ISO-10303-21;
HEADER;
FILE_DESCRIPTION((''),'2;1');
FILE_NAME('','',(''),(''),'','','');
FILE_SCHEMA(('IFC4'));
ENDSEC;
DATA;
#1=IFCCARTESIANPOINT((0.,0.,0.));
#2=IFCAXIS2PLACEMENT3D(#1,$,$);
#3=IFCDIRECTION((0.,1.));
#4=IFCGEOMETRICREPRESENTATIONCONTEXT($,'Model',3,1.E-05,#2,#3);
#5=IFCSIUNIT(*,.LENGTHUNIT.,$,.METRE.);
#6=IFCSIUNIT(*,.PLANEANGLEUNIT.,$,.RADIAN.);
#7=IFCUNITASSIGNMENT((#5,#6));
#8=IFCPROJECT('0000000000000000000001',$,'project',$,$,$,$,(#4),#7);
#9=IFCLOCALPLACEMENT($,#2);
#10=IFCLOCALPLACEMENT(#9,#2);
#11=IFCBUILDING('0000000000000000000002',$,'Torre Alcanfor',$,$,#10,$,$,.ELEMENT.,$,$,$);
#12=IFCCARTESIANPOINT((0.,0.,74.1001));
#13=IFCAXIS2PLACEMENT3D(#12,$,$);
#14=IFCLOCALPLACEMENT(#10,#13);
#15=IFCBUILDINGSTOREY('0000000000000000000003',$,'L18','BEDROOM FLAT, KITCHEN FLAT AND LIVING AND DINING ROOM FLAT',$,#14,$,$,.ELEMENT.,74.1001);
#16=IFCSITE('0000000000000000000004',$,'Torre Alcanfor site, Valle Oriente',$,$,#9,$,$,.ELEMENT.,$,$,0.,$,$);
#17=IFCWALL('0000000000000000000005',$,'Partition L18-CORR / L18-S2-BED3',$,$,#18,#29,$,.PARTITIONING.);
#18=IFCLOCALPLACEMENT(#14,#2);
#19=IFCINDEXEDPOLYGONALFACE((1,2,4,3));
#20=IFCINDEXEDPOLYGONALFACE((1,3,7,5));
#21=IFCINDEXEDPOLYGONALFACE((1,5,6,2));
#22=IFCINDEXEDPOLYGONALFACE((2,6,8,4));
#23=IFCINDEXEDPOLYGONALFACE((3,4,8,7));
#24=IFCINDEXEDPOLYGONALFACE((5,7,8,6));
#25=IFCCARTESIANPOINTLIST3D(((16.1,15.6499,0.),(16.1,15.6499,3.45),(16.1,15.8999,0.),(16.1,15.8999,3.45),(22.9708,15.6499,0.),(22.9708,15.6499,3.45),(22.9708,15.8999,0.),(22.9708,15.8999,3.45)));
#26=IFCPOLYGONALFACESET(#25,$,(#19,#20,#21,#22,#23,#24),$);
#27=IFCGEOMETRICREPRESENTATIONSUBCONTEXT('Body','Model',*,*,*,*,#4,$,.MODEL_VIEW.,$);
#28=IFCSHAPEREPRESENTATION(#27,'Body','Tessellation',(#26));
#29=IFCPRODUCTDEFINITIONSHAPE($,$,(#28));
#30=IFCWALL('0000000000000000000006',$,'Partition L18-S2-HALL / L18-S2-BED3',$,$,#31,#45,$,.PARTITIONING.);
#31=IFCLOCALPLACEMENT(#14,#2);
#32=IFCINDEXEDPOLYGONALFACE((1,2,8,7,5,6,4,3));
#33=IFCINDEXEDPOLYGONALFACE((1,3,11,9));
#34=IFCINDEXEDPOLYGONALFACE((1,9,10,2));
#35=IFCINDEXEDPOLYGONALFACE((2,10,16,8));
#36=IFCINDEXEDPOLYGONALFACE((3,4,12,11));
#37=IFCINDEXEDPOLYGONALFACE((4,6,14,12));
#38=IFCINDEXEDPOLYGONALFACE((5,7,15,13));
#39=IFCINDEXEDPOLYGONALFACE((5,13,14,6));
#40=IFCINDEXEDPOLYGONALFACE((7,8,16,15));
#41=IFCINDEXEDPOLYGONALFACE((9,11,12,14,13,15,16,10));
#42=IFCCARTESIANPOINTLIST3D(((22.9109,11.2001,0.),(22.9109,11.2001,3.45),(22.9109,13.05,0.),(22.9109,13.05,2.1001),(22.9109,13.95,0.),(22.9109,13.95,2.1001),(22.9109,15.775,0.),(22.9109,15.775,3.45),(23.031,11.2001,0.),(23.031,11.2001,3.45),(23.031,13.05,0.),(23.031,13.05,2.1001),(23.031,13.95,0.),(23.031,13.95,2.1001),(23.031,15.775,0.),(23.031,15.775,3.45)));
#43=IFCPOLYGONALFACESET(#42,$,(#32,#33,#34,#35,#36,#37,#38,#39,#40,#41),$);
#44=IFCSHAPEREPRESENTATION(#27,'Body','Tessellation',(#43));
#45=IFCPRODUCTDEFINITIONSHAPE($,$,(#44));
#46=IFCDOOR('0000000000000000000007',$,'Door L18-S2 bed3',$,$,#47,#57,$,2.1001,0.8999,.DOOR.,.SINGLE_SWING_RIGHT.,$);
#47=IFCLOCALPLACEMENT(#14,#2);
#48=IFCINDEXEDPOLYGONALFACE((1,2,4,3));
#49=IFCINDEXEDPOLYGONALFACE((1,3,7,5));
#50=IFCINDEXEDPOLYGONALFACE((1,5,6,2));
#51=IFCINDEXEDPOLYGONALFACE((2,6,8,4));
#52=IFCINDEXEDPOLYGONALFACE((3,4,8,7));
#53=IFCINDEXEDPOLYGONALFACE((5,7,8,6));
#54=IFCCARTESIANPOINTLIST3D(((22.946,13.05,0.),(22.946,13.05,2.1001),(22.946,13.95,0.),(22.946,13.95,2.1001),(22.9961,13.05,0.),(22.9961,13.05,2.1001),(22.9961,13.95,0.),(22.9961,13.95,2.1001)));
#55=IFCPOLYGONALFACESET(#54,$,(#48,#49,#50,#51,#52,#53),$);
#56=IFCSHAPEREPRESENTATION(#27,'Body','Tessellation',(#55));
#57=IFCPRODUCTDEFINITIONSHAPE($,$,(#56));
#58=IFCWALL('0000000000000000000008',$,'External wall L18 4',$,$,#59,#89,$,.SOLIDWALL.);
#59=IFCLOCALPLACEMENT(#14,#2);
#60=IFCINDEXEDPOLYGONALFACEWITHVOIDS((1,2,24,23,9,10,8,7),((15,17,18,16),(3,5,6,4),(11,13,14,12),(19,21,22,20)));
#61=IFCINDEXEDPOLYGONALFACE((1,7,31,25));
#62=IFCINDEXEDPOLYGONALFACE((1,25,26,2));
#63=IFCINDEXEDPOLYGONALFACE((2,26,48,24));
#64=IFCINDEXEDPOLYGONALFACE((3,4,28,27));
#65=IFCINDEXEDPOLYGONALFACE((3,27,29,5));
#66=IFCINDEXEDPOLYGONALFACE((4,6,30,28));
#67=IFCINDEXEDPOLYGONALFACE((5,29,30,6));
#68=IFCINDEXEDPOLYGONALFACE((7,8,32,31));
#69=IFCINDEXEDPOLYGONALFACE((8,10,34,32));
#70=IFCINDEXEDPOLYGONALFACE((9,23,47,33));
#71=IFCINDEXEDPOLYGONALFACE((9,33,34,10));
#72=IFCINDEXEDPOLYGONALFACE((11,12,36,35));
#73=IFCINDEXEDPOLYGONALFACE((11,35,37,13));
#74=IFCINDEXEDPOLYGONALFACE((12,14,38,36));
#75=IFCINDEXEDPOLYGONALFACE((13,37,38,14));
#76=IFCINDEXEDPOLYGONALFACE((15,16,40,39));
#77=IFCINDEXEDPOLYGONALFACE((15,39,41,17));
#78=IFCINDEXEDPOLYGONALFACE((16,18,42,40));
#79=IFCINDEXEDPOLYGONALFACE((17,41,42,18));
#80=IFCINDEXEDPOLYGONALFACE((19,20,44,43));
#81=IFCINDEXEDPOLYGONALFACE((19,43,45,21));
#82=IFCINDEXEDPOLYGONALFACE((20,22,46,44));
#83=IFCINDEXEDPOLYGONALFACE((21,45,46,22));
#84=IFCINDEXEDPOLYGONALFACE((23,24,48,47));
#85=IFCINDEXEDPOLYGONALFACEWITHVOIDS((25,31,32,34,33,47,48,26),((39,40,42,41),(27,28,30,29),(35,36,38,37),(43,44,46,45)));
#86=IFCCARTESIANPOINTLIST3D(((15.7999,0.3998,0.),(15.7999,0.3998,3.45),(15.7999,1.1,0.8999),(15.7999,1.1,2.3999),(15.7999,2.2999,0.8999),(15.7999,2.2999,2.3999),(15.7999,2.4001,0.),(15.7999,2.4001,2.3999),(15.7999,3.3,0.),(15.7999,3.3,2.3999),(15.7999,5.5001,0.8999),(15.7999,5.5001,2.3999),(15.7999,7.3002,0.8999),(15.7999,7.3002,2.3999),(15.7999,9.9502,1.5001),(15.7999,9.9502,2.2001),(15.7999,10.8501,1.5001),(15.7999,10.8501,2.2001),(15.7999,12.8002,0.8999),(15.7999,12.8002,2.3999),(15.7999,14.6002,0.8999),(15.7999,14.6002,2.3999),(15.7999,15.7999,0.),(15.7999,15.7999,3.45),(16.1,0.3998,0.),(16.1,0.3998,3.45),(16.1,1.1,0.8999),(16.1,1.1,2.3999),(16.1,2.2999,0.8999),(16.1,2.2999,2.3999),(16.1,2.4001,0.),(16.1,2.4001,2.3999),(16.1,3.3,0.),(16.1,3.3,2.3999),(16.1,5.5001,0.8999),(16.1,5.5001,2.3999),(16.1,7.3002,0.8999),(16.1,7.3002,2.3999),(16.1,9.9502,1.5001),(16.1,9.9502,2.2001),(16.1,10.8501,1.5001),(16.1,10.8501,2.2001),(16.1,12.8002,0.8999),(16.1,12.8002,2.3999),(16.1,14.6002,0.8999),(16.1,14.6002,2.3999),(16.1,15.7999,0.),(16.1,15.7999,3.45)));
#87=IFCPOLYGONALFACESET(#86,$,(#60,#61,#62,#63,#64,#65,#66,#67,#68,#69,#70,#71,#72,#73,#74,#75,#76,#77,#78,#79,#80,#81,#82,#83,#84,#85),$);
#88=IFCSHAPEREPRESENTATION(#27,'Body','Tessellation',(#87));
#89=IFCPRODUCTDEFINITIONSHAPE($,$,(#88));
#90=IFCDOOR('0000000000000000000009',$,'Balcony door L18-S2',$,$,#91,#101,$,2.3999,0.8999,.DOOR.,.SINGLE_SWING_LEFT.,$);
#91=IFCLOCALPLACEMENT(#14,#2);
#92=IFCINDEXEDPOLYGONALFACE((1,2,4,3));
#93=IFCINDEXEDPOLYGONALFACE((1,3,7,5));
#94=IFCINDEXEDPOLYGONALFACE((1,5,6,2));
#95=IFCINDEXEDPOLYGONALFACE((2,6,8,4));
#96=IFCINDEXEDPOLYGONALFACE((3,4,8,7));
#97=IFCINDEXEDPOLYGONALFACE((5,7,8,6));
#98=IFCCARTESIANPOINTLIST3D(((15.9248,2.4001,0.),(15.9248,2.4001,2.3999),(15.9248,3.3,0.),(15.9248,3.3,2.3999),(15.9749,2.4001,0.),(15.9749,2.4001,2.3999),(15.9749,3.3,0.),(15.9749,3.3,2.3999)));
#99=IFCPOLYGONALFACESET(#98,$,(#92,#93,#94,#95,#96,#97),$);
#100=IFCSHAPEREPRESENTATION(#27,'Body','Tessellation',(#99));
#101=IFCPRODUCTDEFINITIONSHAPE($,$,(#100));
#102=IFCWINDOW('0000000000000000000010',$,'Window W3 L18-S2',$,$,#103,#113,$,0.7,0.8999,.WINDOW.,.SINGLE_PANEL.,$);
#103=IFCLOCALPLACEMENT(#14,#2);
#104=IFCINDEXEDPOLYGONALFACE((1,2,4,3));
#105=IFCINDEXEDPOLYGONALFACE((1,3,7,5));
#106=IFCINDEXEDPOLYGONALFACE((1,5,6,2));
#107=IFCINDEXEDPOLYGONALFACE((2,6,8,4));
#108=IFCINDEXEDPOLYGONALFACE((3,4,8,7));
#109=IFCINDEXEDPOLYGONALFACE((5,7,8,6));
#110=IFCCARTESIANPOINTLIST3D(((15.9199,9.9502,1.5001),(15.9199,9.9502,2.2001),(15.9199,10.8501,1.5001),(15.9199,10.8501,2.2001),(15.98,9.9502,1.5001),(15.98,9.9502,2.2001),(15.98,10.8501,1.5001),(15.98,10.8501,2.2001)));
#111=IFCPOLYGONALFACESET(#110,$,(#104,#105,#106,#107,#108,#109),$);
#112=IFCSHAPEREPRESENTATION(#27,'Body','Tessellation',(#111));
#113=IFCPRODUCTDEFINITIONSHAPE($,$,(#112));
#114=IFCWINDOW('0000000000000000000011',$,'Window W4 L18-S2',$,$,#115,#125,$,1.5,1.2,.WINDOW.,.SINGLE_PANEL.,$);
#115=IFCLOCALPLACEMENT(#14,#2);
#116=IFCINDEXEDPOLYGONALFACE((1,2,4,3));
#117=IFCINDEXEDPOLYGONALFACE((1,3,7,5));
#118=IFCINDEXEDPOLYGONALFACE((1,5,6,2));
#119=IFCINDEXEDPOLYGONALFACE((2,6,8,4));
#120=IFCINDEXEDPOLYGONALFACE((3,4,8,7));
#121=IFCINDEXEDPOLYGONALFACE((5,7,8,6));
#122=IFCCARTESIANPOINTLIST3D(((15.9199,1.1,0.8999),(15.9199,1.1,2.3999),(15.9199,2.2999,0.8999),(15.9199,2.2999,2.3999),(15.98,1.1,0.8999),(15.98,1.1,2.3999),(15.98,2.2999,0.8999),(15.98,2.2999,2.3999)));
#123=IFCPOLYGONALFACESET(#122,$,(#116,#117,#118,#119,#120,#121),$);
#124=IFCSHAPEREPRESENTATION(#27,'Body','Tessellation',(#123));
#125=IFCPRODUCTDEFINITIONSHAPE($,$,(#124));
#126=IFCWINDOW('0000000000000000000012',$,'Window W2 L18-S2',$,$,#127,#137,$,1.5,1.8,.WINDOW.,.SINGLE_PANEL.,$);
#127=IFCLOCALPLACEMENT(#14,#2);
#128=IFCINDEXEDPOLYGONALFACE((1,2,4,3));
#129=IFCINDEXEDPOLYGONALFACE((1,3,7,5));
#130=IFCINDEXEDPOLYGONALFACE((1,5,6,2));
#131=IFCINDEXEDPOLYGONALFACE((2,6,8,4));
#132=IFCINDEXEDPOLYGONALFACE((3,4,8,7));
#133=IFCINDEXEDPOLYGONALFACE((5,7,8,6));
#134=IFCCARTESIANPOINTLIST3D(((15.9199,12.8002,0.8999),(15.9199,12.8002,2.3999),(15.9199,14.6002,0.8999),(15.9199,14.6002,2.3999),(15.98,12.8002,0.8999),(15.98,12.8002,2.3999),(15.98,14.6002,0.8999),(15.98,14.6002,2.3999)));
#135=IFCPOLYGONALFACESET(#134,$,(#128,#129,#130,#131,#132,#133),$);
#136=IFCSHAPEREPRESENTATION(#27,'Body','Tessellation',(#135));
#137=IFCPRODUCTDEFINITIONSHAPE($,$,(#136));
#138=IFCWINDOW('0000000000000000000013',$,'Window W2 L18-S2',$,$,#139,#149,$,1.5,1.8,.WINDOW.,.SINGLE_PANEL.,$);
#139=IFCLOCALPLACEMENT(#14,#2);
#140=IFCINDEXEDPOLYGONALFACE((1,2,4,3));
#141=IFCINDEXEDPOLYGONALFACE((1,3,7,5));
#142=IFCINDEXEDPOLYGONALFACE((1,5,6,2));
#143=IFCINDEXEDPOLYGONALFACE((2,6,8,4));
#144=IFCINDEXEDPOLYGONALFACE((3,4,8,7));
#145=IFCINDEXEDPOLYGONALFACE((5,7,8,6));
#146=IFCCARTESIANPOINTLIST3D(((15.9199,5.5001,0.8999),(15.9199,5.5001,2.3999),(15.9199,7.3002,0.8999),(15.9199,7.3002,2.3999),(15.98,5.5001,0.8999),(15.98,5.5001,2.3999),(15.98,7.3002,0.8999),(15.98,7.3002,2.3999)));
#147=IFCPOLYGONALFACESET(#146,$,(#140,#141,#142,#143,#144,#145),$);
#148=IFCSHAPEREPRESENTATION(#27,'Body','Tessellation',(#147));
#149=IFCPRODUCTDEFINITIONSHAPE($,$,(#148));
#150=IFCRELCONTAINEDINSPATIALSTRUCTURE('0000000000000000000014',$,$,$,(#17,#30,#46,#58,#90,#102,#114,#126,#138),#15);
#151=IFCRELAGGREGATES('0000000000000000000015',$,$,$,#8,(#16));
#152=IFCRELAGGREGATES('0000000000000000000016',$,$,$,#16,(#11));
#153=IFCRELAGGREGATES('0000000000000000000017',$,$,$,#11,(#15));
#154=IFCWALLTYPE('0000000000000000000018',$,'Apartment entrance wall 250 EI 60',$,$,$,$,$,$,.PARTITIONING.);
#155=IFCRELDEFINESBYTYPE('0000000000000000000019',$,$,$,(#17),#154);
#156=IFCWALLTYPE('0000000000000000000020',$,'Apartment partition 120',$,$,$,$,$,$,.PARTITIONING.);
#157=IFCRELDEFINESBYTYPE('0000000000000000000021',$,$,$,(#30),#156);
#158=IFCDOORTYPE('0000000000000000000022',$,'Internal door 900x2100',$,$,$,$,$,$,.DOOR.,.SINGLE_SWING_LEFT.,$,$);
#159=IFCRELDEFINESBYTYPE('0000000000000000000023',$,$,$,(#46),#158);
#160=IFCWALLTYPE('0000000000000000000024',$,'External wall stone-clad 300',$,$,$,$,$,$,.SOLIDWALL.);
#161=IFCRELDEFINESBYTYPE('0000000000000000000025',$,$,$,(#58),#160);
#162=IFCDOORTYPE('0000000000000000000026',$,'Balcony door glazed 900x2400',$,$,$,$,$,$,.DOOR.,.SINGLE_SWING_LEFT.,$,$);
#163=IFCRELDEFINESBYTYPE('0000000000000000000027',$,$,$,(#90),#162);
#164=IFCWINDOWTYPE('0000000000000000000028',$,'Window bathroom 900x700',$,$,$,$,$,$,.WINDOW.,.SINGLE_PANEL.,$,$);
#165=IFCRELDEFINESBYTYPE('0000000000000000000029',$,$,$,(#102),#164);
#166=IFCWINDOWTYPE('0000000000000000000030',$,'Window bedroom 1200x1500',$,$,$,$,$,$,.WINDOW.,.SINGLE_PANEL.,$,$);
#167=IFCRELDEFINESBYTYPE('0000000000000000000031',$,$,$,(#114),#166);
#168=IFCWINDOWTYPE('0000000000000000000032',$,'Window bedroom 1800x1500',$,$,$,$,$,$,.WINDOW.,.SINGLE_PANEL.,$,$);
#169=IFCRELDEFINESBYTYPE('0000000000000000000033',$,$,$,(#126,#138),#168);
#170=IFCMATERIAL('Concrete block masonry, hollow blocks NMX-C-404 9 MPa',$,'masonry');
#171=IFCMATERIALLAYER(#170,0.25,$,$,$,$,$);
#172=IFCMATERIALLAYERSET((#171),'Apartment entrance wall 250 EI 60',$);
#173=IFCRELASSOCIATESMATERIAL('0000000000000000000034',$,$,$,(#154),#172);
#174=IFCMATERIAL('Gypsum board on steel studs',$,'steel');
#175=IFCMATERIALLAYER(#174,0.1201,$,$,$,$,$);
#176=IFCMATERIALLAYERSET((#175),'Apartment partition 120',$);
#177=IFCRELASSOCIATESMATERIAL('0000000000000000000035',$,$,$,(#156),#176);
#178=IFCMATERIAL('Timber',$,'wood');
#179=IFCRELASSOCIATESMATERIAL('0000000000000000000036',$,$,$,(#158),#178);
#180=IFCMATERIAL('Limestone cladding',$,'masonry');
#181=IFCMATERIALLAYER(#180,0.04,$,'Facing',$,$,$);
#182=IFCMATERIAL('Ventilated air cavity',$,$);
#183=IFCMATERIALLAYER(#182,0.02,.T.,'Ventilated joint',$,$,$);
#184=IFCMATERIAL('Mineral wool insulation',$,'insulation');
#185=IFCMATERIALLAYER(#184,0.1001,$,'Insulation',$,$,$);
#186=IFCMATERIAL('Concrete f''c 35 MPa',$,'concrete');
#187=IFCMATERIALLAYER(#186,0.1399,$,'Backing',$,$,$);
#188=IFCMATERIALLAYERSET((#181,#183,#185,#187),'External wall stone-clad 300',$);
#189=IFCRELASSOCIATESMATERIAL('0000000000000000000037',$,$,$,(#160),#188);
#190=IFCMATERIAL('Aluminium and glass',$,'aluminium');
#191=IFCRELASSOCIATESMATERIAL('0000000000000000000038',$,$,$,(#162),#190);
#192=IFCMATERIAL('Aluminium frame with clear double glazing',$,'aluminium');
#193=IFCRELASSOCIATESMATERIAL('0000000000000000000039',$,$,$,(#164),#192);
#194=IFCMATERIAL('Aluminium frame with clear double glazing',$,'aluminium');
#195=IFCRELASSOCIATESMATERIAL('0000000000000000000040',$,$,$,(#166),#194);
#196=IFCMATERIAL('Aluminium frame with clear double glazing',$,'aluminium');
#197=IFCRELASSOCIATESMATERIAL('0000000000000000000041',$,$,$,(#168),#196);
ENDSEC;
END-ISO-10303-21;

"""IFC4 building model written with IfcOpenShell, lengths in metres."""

from ifc_helpers import new_model, si_unit, direction, frame, frame_2d, origin, place, context, subcontext, project, spatial, rectangle, extrude, material, layer, layer_set, type_object, element, fill, save


model = new_model("IFC4")

# Units and contexts
model_context = context("Model", 3, precision=1e-05, world=origin(), true_north=direction((0.0, 1.0)))
body_context = subcontext(model_context, "Body", "Model", "MODEL_VIEW")
ifc_project = project(units=[si_unit("LENGTHUNIT", "METRE"), si_unit("PLANEANGLEUNIT", "RADIAN")], contexts=[model_context])

# Site, building, storey
site_placement = place(None, origin())
site = spatial("IfcSite", under=ifc_project, at=site_placement, Name="Torre Alcanfor site, Valle Oriente", CompositionType="ELEMENT", RefElevation=0.0)
building_placement = place(site_placement, origin())
building = spatial("IfcBuilding", under=site, at=building_placement, Name="Torre Alcanfor", CompositionType="ELEMENT")
storey_placement = place(building_placement, frame((0.0, 0.0, 74.1001)))
storey = spatial("IfcBuildingStorey", under=building, at=storey_placement, Name="L18", Description="BEDROOM FLAT, KITCHEN FLAT AND LIVING AND DINING ROOM FLAT", CompositionType="ELEMENT", Elevation=74.1001)

# Wall
ifc_material_1 = material(Name="Concrete block masonry, hollow blocks NMX-C-404 9 MPa", Category="masonry")
ifc_layer_1 = layer(ifc_material_1, 0.25)
ifc_layer_set_1 = layer_set([ifc_layer_1], Name="Apartment entrance wall 250 EI 60")
wall_type_1 = type_object("IfcWallType", Name="Apartment entrance wall 250 EI 60", PredefinedType="PARTITIONING", material=ifc_layer_set_1)
wall_1_placement = place(storey_placement, frame((22.9709, 15.7749, 0.0), z_axis=(0.0, 0.0, 1.0), x_axis=(-1.0, 0.0, 0.0)))
element("IfcWall", 1, at=wall_1_placement, inside=storey, type_object=wall_type_1, Name="Partition L18-CORR / L18-S2-BED3", PredefinedType="PARTITIONING", context=body_context, shape_type="SweptSolid", body=[
    extrude(rectangle(XDim=6.8708, YDim=0.25, at=frame_2d((3.4355, 0.0))), origin(), (0.0, 0.0, 1.0), 3.45),
])

# Wall, opening, door
ifc_material_2 = material(Name="Gypsum board on steel studs", Category="steel")
ifc_layer_2 = layer(ifc_material_2, 0.1201)
ifc_layer_set_2 = layer_set([ifc_layer_2], Name="Apartment partition 120")
wall_type_2 = type_object("IfcWallType", Name="Apartment partition 120", PredefinedType="PARTITIONING", material=ifc_layer_set_2)
wall_2_placement = place(storey_placement, frame((22.9709, 11.2, 0.0), z_axis=(0.0, 0.0, 1.0), x_axis=(0.0, 1.0, 0.0)))
wall_2 = element("IfcWall", 2, at=wall_2_placement, inside=storey, type_object=wall_type_2, Name="Partition L18-S2-HALL / L18-S2-BED3", PredefinedType="PARTITIONING", context=body_context, shape_type="SweptSolid", body=[
    extrude(rectangle(XDim=4.575, YDim=0.1201, at=frame_2d((2.2876, 0.0))), origin(), (0.0, 0.0, 1.0), 3.45),
])
opening_1_placement = place(wall_2_placement, frame((1.8501, 0.0, 0.0)))
opening_1 = element("IfcOpeningElement", 3, at=opening_1_placement, cuts=wall_2, PredefinedType="OPENING", context=body_context, shape_type="SweptSolid", body=[
    extrude(rectangle(XDim=0.8999, YDim=2.1001, at=frame_2d((0.45, 1.05))), frame((0.0, 0.0701, 0.0), z_axis=(0.0, -1.0, 0.0), x_axis=(1.0, 0.0, 0.0)), (0.0, 0.0, 1.0), 0.1401),
])
ifc_material_3 = material(Name="Timber", Category="wood")
door_type_1 = type_object("IfcDoorType", Name="Internal door 900x2100", OperationType="SINGLE_SWING_LEFT", PredefinedType="DOOR", material=ifc_material_3)
door_1_placement = place(opening_1_placement, origin())
door_1 = element("IfcDoor", 4, at=door_1_placement, inside=storey, type_object=door_type_1, Name="Door L18-S2 bed3", OperationType="SINGLE_SWING_RIGHT", OverallHeight=2.1001, OverallWidth=0.8999, PredefinedType="DOOR", context=body_context, shape_type="SweptSolid", body=[
    extrude(rectangle(XDim=0.8999, YDim=2.1001, at=frame_2d((0.45, 1.05))), frame((0.0, 0.0249, 0.0), z_axis=(0.0, -1.0, 0.0), x_axis=(1.0, 0.0, 0.0)), (0.0, 0.0, 1.0), 0.05),
])
fill(opening_1, door_1)

# Wall, openings, door, windows
ifc_material_4 = material(Name="Limestone cladding", Category="masonry")
ifc_layer_3 = layer(ifc_material_4, 0.04, Name="Facing")
ifc_material_5 = material(Name="Ventilated air cavity")
ifc_layer_4 = layer(ifc_material_5, 0.02, ventilated=True, Name="Ventilated joint")
ifc_material_6 = material(Name="Mineral wool insulation", Category="insulation")
ifc_layer_5 = layer(ifc_material_6, 0.1001, Name="Insulation")
ifc_material_7 = material(Name="Concrete f'c 35 MPa", Category="concrete")
ifc_layer_6 = layer(ifc_material_7, 0.1399, Name="Backing")
ifc_layer_set_3 = layer_set([ifc_layer_3, ifc_layer_4, ifc_layer_5, ifc_layer_6], Name="External wall stone-clad 300")
wall_type_3 = type_object("IfcWallType", Name="External wall stone-clad 300", PredefinedType="SOLIDWALL", material=ifc_layer_set_3)
wall_3_placement = place(storey_placement, frame((15.95, 15.8, 0.0), z_axis=(0.0, 0.0, 1.0), x_axis=(0.0, -1.0, 0.0)))
wall_3 = element("IfcWall", 5, at=wall_3_placement, inside=storey, type_object=wall_type_3, Name="External wall L18 4", PredefinedType="SOLIDWALL", context=body_context, shape_type="SweptSolid", body=[
    extrude(rectangle(XDim=15.4001, YDim=0.3, at=frame_2d((7.7002, 0.0))), origin(), (0.0, 0.0, 1.0), 3.45),
])
opening_2_placement = place(wall_3_placement, frame((1.2, 0.0, 0.8999)))
opening_2 = element("IfcOpeningElement", 6, at=opening_2_placement, cuts=wall_3, PredefinedType="OPENING", context=body_context, shape_type="SweptSolid", body=[
    extrude(rectangle(XDim=1.8, YDim=1.5, at=frame_2d((0.8999, 0.75))), frame((0.0, 0.1599, 0.0), z_axis=(0.0, -1.0, 0.0), x_axis=(1.0, 0.0, 0.0)), (0.0, 0.0, 1.0), 0.3201),
])
opening_3_placement = place(wall_3_placement, frame((4.95, 0.0, 1.5)))
opening_3 = element("IfcOpeningElement", 7, at=opening_3_placement, cuts=wall_3, PredefinedType="OPENING", context=body_context, shape_type="SweptSolid", body=[
    extrude(rectangle(XDim=0.8999, YDim=0.7, at=frame_2d((0.45, 0.3501))), frame((0.0, 0.1599, 0.0), z_axis=(0.0, -1.0, 0.0), x_axis=(1.0, 0.0, 0.0)), (0.0, 0.0, 1.0), 0.3201),
])
opening_4_placement = place(wall_3_placement, frame((8.5, 0.0, 0.8999)))
opening_4 = element("IfcOpeningElement", 8, at=opening_4_placement, cuts=wall_3, PredefinedType="OPENING", context=body_context, shape_type="SweptSolid", body=[
    extrude(rectangle(XDim=1.8, YDim=1.5, at=frame_2d((0.8999, 0.75))), frame((0.0, 0.1599, 0.0), z_axis=(0.0, -1.0, 0.0), x_axis=(1.0, 0.0, 0.0)), (0.0, 0.0, 1.0), 0.3201),
])
opening_5_placement = place(wall_3_placement, frame((12.5, 0.0, 0.0)))
opening_5 = element("IfcOpeningElement", 9, at=opening_5_placement, cuts=wall_3, PredefinedType="OPENING", context=body_context, shape_type="SweptSolid", body=[
    extrude(rectangle(XDim=0.8999, YDim=2.3999, at=frame_2d((0.45, 1.2))), frame((0.0, 0.1599, 0.0), z_axis=(0.0, -1.0, 0.0), x_axis=(1.0, 0.0, 0.0)), (0.0, 0.0, 1.0), 0.3201),
])
opening_6_placement = place(wall_3_placement, frame((13.5, 0.0, 0.8999)))
opening_6 = element("IfcOpeningElement", 10, at=opening_6_placement, cuts=wall_3, PredefinedType="OPENING", context=body_context, shape_type="SweptSolid", body=[
    extrude(rectangle(XDim=1.2, YDim=1.5, at=frame_2d((0.6001, 0.75))), frame((0.0, 0.1599, 0.0), z_axis=(0.0, -1.0, 0.0), x_axis=(1.0, 0.0, 0.0)), (0.0, 0.0, 1.0), 0.3201),
])
ifc_material_8 = material(Name="Aluminium and glass", Category="aluminium")
door_type_2 = type_object("IfcDoorType", Name="Balcony door glazed 900x2400", OperationType="SINGLE_SWING_LEFT", PredefinedType="DOOR", material=ifc_material_8)
door_2_placement = place(opening_5_placement, origin())
door_2 = element("IfcDoor", 11, at=door_2_placement, inside=storey, type_object=door_type_2, Name="Balcony door L18-S2", OperationType="SINGLE_SWING_LEFT", OverallHeight=2.3999, OverallWidth=0.8999, PredefinedType="DOOR", context=body_context, shape_type="SweptSolid", body=[
    extrude(rectangle(XDim=0.8999, YDim=2.3999, at=frame_2d((0.45, 1.2))), frame((0.0, 0.0249, 0.0), z_axis=(0.0, -1.0, 0.0), x_axis=(1.0, 0.0, 0.0)), (0.0, 0.0, 1.0), 0.05),
])
fill(opening_5, door_2)
ifc_material_9 = material(Name="Aluminium frame with clear double glazing", Category="aluminium")
window_type_1 = type_object("IfcWindowType", Name="Window bathroom 900x700", PartitioningType="SINGLE_PANEL", PredefinedType="WINDOW", material=ifc_material_9)
window_1_placement = place(opening_3_placement, origin())
window_1 = element("IfcWindow", 12, at=window_1_placement, inside=storey, type_object=window_type_1, Name="Window W3 L18-S2", OverallHeight=0.7, OverallWidth=0.8999, PartitioningType="SINGLE_PANEL", PredefinedType="WINDOW", context=body_context, shape_type="SweptSolid", body=[
    extrude(rectangle(XDim=0.8999, YDim=0.7, at=frame_2d((0.45, 0.3501))), frame((0.0, 0.03, 0.0), z_axis=(0.0, -1.0, 0.0), x_axis=(1.0, 0.0, 0.0)), (0.0, 0.0, 1.0), 0.0601),
])
fill(opening_3, window_1)
ifc_material_10 = material(Name="Aluminium frame with clear double glazing", Category="aluminium")
window_type_2 = type_object("IfcWindowType", Name="Window bedroom 1200x1500", PartitioningType="SINGLE_PANEL", PredefinedType="WINDOW", material=ifc_material_10)
window_2_placement = place(opening_6_placement, origin())
window_2 = element("IfcWindow", 13, at=window_2_placement, inside=storey, type_object=window_type_2, Name="Window W4 L18-S2", OverallHeight=1.5, OverallWidth=1.2, PartitioningType="SINGLE_PANEL", PredefinedType="WINDOW", context=body_context, shape_type="SweptSolid", body=[
    extrude(rectangle(XDim=1.2, YDim=1.5, at=frame_2d((0.6001, 0.75))), frame((0.0, 0.03, 0.0), z_axis=(0.0, -1.0, 0.0), x_axis=(1.0, 0.0, 0.0)), (0.0, 0.0, 1.0), 0.0601),
])
fill(opening_6, window_2)
ifc_material_11 = material(Name="Aluminium frame with clear double glazing", Category="aluminium")
window_type_3 = type_object("IfcWindowType", Name="Window bedroom 1800x1500", PartitioningType="SINGLE_PANEL", PredefinedType="WINDOW", material=ifc_material_11)
window_3_placement = place(opening_2_placement, origin())
window_3 = element("IfcWindow", 14, at=window_3_placement, inside=storey, type_object=window_type_3, Name="Window W2 L18-S2", OverallHeight=1.5, OverallWidth=1.8, PartitioningType="SINGLE_PANEL", PredefinedType="WINDOW", context=body_context, shape_type="SweptSolid", body=[
    extrude(rectangle(XDim=1.8, YDim=1.5, at=frame_2d((0.8999, 0.75))), frame((0.0, 0.03, 0.0), z_axis=(0.0, -1.0, 0.0), x_axis=(1.0, 0.0, 0.0)), (0.0, 0.0, 1.0), 0.0601),
])
fill(opening_2, window_3)
window_4_placement = place(opening_4_placement, origin())
window_4 = element("IfcWindow", 15, at=window_4_placement, inside=storey, type_object=window_type_3, Name="Window W2 L18-S2", OverallHeight=1.5, OverallWidth=1.8, PartitioningType="SINGLE_PANEL", PredefinedType="WINDOW", context=body_context, shape_type="SweptSolid", body=[
    extrude(rectangle(XDim=1.8, YDim=1.5, at=frame_2d((0.8999, 0.75))), frame((0.0, 0.03, 0.0), z_axis=(0.0, -1.0, 0.0), x_axis=(1.0, 0.0, 0.0)), (0.0, 0.0, 1.0), 0.0601),
])
fill(opening_4, window_4)

save(model, "model.ifc")
